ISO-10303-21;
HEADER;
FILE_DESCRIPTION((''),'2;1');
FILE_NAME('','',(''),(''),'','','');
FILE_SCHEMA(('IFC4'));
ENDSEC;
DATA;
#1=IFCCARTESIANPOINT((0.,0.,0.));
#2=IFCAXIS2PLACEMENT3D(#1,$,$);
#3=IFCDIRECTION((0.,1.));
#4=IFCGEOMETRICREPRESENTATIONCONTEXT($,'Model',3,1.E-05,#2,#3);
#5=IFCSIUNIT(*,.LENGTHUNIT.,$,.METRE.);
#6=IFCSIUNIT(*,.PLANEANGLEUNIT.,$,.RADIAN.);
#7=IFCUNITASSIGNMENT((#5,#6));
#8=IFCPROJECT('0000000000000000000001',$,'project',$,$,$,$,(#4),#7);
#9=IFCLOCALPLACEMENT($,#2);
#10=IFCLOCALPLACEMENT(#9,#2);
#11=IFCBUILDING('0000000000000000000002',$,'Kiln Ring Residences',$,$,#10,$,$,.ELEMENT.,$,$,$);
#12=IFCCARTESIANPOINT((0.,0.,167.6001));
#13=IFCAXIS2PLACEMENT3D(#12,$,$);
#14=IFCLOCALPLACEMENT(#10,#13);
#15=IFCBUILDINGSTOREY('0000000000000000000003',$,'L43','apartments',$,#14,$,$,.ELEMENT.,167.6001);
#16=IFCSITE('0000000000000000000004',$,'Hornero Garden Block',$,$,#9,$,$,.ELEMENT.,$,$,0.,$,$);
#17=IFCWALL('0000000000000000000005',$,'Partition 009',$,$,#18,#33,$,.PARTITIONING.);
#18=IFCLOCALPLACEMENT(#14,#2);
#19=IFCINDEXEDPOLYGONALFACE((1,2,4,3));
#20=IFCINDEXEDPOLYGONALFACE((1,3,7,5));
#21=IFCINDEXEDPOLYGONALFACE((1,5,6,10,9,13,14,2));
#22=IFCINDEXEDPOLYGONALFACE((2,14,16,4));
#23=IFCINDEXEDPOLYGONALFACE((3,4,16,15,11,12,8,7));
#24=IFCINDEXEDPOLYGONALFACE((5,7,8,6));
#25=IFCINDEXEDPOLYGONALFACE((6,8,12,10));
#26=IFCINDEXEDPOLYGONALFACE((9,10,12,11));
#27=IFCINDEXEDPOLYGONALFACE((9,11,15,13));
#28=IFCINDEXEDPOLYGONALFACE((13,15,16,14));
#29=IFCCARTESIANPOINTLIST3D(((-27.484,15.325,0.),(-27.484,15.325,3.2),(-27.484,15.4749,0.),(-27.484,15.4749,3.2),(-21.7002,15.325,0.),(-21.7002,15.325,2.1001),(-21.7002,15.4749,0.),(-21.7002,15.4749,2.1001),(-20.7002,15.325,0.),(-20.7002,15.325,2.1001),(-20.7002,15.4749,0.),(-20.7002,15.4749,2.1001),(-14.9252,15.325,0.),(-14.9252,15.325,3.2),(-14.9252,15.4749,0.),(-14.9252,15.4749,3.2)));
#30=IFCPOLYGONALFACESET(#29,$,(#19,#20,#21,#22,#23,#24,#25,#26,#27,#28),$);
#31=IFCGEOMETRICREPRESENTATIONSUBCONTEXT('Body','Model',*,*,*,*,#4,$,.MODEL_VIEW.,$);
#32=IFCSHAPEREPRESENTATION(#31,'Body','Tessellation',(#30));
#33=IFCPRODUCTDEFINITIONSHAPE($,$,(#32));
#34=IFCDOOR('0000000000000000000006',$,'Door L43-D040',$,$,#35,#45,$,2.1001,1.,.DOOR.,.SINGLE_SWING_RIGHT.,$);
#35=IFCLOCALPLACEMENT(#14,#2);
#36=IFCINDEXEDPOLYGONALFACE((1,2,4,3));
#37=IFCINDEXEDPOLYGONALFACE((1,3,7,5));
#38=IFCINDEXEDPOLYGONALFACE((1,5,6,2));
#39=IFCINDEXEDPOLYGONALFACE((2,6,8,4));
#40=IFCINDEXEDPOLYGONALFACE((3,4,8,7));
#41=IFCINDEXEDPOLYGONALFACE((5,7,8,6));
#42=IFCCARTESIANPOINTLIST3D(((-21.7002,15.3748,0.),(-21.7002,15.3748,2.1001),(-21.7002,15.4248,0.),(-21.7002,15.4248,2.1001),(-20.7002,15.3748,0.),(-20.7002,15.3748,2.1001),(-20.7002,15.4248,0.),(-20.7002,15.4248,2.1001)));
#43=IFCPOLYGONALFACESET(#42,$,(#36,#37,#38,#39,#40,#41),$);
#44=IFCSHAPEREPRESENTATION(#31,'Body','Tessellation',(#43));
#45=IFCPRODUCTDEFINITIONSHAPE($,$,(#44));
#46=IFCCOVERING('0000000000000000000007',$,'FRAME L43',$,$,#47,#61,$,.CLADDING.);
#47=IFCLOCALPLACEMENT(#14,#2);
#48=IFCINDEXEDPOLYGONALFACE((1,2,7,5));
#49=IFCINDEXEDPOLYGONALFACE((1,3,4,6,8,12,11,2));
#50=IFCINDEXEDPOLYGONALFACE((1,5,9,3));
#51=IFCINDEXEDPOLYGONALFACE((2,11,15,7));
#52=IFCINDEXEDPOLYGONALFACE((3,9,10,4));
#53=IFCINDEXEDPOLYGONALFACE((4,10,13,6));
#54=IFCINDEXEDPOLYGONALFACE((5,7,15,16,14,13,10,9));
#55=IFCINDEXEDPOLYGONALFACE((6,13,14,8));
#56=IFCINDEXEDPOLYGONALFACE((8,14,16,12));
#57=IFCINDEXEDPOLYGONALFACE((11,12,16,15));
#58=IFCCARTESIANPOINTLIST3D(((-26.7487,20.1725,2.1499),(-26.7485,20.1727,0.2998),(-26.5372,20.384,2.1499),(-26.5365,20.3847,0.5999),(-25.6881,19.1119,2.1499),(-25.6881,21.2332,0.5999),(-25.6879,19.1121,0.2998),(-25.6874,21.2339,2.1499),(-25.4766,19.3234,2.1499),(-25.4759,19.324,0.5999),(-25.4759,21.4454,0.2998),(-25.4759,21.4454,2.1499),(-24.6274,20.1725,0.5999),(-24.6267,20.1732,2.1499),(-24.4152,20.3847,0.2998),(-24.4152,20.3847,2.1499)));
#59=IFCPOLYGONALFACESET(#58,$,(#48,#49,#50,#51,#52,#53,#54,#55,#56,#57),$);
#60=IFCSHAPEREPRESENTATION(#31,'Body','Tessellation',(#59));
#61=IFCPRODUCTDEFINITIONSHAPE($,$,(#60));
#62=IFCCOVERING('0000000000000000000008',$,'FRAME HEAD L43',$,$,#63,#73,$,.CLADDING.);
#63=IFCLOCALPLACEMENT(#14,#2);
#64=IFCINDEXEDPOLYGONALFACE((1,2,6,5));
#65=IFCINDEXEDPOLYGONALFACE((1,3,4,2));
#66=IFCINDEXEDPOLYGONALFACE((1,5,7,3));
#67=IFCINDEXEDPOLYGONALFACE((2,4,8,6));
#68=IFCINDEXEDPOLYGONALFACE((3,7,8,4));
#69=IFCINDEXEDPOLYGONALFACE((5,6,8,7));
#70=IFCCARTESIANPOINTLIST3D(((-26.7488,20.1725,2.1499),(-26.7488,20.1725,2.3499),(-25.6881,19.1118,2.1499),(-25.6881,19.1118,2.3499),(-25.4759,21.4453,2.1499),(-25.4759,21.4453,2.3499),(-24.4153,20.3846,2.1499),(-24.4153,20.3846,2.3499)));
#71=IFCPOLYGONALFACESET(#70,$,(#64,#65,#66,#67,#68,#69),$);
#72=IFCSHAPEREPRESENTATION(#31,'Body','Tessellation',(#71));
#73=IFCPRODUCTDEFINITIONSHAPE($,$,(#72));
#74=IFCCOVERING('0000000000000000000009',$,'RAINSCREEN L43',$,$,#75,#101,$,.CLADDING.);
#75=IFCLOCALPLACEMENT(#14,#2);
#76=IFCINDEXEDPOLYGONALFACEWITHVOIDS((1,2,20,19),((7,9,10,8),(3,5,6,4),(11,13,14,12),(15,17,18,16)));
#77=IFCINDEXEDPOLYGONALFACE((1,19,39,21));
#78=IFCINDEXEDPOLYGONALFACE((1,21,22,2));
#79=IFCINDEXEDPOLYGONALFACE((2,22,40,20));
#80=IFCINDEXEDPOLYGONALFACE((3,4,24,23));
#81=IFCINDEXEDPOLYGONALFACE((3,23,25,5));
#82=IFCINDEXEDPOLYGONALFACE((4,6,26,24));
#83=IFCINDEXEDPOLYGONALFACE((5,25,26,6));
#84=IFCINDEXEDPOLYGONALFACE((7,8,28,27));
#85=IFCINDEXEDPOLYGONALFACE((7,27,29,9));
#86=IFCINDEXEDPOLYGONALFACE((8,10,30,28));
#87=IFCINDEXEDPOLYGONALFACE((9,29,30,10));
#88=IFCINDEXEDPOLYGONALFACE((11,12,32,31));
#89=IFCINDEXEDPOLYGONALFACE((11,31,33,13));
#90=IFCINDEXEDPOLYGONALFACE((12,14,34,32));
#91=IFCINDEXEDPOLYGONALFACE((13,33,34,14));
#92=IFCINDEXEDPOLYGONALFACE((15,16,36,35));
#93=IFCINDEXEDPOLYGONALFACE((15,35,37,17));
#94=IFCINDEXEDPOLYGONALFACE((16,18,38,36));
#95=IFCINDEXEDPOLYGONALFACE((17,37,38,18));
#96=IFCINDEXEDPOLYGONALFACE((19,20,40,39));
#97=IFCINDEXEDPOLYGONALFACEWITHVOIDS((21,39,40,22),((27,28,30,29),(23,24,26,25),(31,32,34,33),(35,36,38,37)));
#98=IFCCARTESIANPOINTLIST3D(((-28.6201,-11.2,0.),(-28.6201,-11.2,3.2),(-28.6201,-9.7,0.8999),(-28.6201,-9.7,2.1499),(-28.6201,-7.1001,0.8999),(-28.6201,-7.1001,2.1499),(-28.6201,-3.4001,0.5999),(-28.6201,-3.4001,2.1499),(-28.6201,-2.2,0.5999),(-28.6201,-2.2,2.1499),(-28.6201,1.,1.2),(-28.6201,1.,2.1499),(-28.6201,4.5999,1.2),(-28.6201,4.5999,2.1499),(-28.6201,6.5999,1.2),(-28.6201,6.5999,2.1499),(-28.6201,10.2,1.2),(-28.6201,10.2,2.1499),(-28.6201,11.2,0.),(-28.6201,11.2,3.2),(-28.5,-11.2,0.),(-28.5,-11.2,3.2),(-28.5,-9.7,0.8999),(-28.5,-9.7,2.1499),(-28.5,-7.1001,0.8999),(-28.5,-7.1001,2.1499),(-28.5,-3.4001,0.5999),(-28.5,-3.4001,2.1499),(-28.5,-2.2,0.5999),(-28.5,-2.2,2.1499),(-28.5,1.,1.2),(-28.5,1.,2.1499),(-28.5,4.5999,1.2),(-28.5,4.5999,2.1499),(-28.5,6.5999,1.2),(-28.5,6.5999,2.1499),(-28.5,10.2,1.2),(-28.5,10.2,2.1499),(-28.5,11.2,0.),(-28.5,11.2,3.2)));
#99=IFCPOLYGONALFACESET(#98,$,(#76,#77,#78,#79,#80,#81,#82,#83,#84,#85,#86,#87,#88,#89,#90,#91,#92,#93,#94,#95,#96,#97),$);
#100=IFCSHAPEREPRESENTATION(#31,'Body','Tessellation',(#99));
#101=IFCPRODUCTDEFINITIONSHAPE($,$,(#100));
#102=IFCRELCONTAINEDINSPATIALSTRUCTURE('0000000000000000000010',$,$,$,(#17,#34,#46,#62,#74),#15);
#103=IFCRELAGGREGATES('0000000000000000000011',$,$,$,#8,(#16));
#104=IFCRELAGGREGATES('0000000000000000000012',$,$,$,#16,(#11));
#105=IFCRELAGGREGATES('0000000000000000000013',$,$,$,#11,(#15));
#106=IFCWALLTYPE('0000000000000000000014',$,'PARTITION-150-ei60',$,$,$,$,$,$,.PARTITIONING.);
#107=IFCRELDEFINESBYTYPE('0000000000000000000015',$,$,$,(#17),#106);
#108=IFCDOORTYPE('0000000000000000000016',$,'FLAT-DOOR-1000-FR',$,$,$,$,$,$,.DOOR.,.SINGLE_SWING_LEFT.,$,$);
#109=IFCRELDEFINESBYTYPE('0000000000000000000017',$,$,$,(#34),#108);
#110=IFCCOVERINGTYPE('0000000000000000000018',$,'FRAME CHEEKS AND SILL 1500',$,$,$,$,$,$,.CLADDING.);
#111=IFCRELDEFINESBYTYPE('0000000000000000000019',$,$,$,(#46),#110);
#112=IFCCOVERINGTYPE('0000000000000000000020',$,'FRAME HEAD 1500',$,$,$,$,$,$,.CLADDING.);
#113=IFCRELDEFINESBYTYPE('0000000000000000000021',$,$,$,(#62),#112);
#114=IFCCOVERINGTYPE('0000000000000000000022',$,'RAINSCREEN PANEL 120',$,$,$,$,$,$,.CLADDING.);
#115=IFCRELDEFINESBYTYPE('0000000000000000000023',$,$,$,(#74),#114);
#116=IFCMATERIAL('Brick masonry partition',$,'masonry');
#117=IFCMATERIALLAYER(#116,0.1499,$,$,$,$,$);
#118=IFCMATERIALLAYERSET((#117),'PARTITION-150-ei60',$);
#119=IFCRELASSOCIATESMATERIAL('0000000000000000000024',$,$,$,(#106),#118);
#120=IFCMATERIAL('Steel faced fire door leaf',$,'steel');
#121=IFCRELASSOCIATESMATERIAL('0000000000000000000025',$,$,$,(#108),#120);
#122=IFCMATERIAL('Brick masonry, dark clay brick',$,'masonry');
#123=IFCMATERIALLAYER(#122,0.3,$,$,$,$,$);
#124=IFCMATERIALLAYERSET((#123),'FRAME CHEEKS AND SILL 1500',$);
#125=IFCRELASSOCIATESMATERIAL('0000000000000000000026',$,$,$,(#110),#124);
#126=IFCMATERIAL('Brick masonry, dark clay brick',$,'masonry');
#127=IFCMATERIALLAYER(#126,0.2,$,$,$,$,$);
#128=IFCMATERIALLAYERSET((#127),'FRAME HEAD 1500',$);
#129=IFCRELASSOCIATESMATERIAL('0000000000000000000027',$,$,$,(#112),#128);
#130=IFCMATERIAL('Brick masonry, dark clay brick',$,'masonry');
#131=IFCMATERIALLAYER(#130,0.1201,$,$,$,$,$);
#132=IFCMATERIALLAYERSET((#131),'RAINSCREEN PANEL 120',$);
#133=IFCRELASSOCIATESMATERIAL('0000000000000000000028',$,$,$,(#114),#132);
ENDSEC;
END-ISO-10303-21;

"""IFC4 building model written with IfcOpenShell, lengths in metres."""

from ifc_helpers import new_model, si_unit, direction, frame, frame_2d, origin, origin_2d, place, context, subcontext, project, spatial, polyline, rectangle, outline, extrude, material, layer, layer_set, type_object, element, fill, save


model = new_model("IFC4")

# Units and contexts
model_context = context("Model", 3, precision=1e-05, world=origin(), true_north=direction((0.0, 1.0)))
body_context = subcontext(model_context, "Body", "Model", "MODEL_VIEW")
ifc_project = project(units=[si_unit("LENGTHUNIT", "METRE"), si_unit("PLANEANGLEUNIT", "RADIAN")], contexts=[model_context])

# Site, building, storey
site_placement = place(None, origin())
site = spatial("IfcSite", under=ifc_project, at=site_placement, Name="Hornero Garden Block", CompositionType="ELEMENT", RefElevation=0.0)
building_placement = place(site_placement, origin())
building = spatial("IfcBuilding", under=site, at=building_placement, Name="Kiln Ring Residences", CompositionType="ELEMENT")
storey_placement = place(building_placement, frame((0.0, 0.0, 167.6001)))
storey = spatial("IfcBuildingStorey", under=building, at=storey_placement, Name="L43", Description="apartments", CompositionType="ELEMENT", Elevation=167.6001)

# Wall, opening, door
ifc_material_1 = material(Name="Brick masonry partition", Category="masonry")
ifc_layer_1 = layer(ifc_material_1, 0.1499)
ifc_layer_set_1 = layer_set([ifc_layer_1], Name="PARTITION-150-ei60")
wall_type_1 = type_object("IfcWallType", Name="PARTITION-150-ei60", PredefinedType="PARTITIONING", material=ifc_layer_set_1)
wall_1_placement = place(storey_placement, frame((-27.4839, 15.3999, 0.0), z_axis=(0.0, 0.0, 1.0), x_axis=(1.0, 0.0, 0.0)))
wall_1 = element("IfcWall", 1, at=wall_1_placement, inside=storey, type_object=wall_type_1, Name="Partition 009", PredefinedType="PARTITIONING", context=body_context, shape_type="SweptSolid", body=[
    extrude(rectangle(XDim=12.5588, YDim=0.1499, at=frame_2d((6.2793, 0.0))), origin(), (0.0, 0.0, 1.0), 3.2),
])
opening_1_placement = place(wall_1_placement, frame((5.7837, 0.0, 0.0)))
opening_1 = element("IfcOpeningElement", 2, at=opening_1_placement, cuts=wall_1, PredefinedType="OPENING", context=body_context, shape_type="SweptSolid", body=[
    extrude(rectangle(XDim=1.0, YDim=2.1001, at=frame_2d((0.5, 1.05))), frame((0.0, 0.085, 0.0), z_axis=(0.0, -1.0, 0.0), x_axis=(1.0, 0.0, 0.0)), (0.0, 0.0, 1.0), 0.1699),
])
ifc_material_2 = material(Name="Steel faced fire door leaf", Category="steel")
door_type_1 = type_object("IfcDoorType", Name="FLAT-DOOR-1000-FR", OperationType="SINGLE_SWING_LEFT", PredefinedType="DOOR", material=ifc_material_2)
door_1_placement = place(opening_1_placement, origin())
door_1 = element("IfcDoor", 3, at=door_1_placement, inside=storey, type_object=door_type_1, Name="Door L43-D040", OperationType="SINGLE_SWING_RIGHT", OverallHeight=2.1001, OverallWidth=1.0, PredefinedType="DOOR", context=body_context, shape_type="SweptSolid", body=[
    extrude(rectangle(XDim=1.0, YDim=2.1001, at=frame_2d((0.5, 1.05))), frame((0.0, 0.0249, 0.0), z_axis=(0.0, -1.0, 0.0), x_axis=(1.0, 0.0, 0.0)), (0.0, 0.0, 1.0), 0.05),
])
fill(opening_1, door_1)

# Coverings
ifc_material_3 = material(Name="Brick masonry, dark clay brick", Category="masonry")
ifc_layer_2 = layer(ifc_material_3, 0.3)
ifc_layer_set_2 = layer_set([ifc_layer_2], Name="FRAME CHEEKS AND SILL 1500")
covering_type_1 = type_object("IfcCoveringType", Name="FRAME CHEEKS AND SILL 1500", PredefinedType="CLADDING", material=ifc_layer_set_2)
covering_1_placement = place(storey_placement, frame((-24.9456, 20.915, 0.2998), z_axis=(0.0, 0.0, 1.0), x_axis=(-0.707107, -0.707107, 0.0)))
element("IfcCovering", 4, at=covering_1_placement, inside=storey, type_object=covering_type_1, Name="FRAME L43", PredefinedType="CLADDING", context=body_context, shape_type="SweptSolid", body=[
    extrude(outline(polyline([(0.0, 0.0), (1.7998, 0.0), (1.8, 1.8501), (1.501, 1.8501), (1.5, 0.3), (0.3, 0.3), (0.2991, 1.8501), (0.0, 1.8501), (0.0, 0.0)])), frame((0.0, 0.75, 0.0), z_axis=(0.0, -1.0, 0.0), x_axis=(1.0, 0.0, 0.0)), (0.0, 0.0, 1.0), 1.5),
])
ifc_material_4 = material(Name="Brick masonry, dark clay brick", Category="masonry")
ifc_layer_3 = layer(ifc_material_4, 0.2)
ifc_layer_set_3 = layer_set([ifc_layer_3], Name="FRAME HEAD 1500")
covering_type_2 = type_object("IfcCoveringType", Name="FRAME HEAD 1500", PredefinedType="CLADDING", material=ifc_layer_set_3)
covering_2_placement = place(storey_placement, frame((-25.582, 20.2786, 2.1499), z_axis=(0.0, 0.0, 1.0), x_axis=(-0.707107, -0.707107, 0.0)))
element("IfcCovering", 5, at=covering_2_placement, inside=storey, type_object=covering_type_2, Name="FRAME HEAD L43", PredefinedType="CLADDING", context=body_context, shape_type="SweptSolid", body=[
    extrude(rectangle(XDim=1.8, YDim=1.5, at=origin_2d()), origin(), (0.0, 0.0, 1.0), 0.2),
])
ifc_material_5 = material(Name="Brick masonry, dark clay brick", Category="masonry")
ifc_layer_4 = layer(ifc_material_5, 0.1201)
ifc_layer_set_4 = layer_set([ifc_layer_4], Name="RAINSCREEN PANEL 120")
covering_type_3 = type_object("IfcCoveringType", Name="RAINSCREEN PANEL 120", PredefinedType="CLADDING", material=ifc_layer_set_4)
covering_3_placement = place(storey_placement, frame((-28.5601, 11.2, 0.0), z_axis=(0.0, 0.0, 1.0), x_axis=(0.0, -1.0, 0.0)))
element("IfcCovering", 6, at=covering_3_placement, inside=storey, type_object=covering_type_3, Name="RAINSCREEN L43", PredefinedType="CLADDING", context=body_context, shape_type="SweptSolid", body=[
    extrude(outline(polyline([(0.0, 0.0), (22.3999, 0.0), (22.3999, 3.2), (0.0, 3.2), (0.0, 0.0)]), holes=[polyline([(14.6001, 0.5999), (14.6001, 2.1499), (13.3999, 2.1499), (13.3999, 0.5999), (14.6001, 0.5999)]), polyline([(20.8999, 0.8999), (20.8999, 2.1499), (18.3, 2.1499), (18.3, 0.8999), (20.8999, 0.8999)]), polyline([(4.6001, 1.2), (4.6001, 2.1499), (1.0, 2.1499), (1.0, 1.2), (4.6001, 1.2)]), polyline([(10.2, 1.2), (10.2, 2.1499), (6.6001, 2.1499), (6.6001, 1.2), (10.2, 1.2)])]), frame((0.0, 0.0601, 0.0), z_axis=(0.0, -1.0, 0.0), x_axis=(1.0, 0.0, 0.0)), (0.0, 0.0, 1.0), 0.1201),
])

save(model, "model.ifc")
